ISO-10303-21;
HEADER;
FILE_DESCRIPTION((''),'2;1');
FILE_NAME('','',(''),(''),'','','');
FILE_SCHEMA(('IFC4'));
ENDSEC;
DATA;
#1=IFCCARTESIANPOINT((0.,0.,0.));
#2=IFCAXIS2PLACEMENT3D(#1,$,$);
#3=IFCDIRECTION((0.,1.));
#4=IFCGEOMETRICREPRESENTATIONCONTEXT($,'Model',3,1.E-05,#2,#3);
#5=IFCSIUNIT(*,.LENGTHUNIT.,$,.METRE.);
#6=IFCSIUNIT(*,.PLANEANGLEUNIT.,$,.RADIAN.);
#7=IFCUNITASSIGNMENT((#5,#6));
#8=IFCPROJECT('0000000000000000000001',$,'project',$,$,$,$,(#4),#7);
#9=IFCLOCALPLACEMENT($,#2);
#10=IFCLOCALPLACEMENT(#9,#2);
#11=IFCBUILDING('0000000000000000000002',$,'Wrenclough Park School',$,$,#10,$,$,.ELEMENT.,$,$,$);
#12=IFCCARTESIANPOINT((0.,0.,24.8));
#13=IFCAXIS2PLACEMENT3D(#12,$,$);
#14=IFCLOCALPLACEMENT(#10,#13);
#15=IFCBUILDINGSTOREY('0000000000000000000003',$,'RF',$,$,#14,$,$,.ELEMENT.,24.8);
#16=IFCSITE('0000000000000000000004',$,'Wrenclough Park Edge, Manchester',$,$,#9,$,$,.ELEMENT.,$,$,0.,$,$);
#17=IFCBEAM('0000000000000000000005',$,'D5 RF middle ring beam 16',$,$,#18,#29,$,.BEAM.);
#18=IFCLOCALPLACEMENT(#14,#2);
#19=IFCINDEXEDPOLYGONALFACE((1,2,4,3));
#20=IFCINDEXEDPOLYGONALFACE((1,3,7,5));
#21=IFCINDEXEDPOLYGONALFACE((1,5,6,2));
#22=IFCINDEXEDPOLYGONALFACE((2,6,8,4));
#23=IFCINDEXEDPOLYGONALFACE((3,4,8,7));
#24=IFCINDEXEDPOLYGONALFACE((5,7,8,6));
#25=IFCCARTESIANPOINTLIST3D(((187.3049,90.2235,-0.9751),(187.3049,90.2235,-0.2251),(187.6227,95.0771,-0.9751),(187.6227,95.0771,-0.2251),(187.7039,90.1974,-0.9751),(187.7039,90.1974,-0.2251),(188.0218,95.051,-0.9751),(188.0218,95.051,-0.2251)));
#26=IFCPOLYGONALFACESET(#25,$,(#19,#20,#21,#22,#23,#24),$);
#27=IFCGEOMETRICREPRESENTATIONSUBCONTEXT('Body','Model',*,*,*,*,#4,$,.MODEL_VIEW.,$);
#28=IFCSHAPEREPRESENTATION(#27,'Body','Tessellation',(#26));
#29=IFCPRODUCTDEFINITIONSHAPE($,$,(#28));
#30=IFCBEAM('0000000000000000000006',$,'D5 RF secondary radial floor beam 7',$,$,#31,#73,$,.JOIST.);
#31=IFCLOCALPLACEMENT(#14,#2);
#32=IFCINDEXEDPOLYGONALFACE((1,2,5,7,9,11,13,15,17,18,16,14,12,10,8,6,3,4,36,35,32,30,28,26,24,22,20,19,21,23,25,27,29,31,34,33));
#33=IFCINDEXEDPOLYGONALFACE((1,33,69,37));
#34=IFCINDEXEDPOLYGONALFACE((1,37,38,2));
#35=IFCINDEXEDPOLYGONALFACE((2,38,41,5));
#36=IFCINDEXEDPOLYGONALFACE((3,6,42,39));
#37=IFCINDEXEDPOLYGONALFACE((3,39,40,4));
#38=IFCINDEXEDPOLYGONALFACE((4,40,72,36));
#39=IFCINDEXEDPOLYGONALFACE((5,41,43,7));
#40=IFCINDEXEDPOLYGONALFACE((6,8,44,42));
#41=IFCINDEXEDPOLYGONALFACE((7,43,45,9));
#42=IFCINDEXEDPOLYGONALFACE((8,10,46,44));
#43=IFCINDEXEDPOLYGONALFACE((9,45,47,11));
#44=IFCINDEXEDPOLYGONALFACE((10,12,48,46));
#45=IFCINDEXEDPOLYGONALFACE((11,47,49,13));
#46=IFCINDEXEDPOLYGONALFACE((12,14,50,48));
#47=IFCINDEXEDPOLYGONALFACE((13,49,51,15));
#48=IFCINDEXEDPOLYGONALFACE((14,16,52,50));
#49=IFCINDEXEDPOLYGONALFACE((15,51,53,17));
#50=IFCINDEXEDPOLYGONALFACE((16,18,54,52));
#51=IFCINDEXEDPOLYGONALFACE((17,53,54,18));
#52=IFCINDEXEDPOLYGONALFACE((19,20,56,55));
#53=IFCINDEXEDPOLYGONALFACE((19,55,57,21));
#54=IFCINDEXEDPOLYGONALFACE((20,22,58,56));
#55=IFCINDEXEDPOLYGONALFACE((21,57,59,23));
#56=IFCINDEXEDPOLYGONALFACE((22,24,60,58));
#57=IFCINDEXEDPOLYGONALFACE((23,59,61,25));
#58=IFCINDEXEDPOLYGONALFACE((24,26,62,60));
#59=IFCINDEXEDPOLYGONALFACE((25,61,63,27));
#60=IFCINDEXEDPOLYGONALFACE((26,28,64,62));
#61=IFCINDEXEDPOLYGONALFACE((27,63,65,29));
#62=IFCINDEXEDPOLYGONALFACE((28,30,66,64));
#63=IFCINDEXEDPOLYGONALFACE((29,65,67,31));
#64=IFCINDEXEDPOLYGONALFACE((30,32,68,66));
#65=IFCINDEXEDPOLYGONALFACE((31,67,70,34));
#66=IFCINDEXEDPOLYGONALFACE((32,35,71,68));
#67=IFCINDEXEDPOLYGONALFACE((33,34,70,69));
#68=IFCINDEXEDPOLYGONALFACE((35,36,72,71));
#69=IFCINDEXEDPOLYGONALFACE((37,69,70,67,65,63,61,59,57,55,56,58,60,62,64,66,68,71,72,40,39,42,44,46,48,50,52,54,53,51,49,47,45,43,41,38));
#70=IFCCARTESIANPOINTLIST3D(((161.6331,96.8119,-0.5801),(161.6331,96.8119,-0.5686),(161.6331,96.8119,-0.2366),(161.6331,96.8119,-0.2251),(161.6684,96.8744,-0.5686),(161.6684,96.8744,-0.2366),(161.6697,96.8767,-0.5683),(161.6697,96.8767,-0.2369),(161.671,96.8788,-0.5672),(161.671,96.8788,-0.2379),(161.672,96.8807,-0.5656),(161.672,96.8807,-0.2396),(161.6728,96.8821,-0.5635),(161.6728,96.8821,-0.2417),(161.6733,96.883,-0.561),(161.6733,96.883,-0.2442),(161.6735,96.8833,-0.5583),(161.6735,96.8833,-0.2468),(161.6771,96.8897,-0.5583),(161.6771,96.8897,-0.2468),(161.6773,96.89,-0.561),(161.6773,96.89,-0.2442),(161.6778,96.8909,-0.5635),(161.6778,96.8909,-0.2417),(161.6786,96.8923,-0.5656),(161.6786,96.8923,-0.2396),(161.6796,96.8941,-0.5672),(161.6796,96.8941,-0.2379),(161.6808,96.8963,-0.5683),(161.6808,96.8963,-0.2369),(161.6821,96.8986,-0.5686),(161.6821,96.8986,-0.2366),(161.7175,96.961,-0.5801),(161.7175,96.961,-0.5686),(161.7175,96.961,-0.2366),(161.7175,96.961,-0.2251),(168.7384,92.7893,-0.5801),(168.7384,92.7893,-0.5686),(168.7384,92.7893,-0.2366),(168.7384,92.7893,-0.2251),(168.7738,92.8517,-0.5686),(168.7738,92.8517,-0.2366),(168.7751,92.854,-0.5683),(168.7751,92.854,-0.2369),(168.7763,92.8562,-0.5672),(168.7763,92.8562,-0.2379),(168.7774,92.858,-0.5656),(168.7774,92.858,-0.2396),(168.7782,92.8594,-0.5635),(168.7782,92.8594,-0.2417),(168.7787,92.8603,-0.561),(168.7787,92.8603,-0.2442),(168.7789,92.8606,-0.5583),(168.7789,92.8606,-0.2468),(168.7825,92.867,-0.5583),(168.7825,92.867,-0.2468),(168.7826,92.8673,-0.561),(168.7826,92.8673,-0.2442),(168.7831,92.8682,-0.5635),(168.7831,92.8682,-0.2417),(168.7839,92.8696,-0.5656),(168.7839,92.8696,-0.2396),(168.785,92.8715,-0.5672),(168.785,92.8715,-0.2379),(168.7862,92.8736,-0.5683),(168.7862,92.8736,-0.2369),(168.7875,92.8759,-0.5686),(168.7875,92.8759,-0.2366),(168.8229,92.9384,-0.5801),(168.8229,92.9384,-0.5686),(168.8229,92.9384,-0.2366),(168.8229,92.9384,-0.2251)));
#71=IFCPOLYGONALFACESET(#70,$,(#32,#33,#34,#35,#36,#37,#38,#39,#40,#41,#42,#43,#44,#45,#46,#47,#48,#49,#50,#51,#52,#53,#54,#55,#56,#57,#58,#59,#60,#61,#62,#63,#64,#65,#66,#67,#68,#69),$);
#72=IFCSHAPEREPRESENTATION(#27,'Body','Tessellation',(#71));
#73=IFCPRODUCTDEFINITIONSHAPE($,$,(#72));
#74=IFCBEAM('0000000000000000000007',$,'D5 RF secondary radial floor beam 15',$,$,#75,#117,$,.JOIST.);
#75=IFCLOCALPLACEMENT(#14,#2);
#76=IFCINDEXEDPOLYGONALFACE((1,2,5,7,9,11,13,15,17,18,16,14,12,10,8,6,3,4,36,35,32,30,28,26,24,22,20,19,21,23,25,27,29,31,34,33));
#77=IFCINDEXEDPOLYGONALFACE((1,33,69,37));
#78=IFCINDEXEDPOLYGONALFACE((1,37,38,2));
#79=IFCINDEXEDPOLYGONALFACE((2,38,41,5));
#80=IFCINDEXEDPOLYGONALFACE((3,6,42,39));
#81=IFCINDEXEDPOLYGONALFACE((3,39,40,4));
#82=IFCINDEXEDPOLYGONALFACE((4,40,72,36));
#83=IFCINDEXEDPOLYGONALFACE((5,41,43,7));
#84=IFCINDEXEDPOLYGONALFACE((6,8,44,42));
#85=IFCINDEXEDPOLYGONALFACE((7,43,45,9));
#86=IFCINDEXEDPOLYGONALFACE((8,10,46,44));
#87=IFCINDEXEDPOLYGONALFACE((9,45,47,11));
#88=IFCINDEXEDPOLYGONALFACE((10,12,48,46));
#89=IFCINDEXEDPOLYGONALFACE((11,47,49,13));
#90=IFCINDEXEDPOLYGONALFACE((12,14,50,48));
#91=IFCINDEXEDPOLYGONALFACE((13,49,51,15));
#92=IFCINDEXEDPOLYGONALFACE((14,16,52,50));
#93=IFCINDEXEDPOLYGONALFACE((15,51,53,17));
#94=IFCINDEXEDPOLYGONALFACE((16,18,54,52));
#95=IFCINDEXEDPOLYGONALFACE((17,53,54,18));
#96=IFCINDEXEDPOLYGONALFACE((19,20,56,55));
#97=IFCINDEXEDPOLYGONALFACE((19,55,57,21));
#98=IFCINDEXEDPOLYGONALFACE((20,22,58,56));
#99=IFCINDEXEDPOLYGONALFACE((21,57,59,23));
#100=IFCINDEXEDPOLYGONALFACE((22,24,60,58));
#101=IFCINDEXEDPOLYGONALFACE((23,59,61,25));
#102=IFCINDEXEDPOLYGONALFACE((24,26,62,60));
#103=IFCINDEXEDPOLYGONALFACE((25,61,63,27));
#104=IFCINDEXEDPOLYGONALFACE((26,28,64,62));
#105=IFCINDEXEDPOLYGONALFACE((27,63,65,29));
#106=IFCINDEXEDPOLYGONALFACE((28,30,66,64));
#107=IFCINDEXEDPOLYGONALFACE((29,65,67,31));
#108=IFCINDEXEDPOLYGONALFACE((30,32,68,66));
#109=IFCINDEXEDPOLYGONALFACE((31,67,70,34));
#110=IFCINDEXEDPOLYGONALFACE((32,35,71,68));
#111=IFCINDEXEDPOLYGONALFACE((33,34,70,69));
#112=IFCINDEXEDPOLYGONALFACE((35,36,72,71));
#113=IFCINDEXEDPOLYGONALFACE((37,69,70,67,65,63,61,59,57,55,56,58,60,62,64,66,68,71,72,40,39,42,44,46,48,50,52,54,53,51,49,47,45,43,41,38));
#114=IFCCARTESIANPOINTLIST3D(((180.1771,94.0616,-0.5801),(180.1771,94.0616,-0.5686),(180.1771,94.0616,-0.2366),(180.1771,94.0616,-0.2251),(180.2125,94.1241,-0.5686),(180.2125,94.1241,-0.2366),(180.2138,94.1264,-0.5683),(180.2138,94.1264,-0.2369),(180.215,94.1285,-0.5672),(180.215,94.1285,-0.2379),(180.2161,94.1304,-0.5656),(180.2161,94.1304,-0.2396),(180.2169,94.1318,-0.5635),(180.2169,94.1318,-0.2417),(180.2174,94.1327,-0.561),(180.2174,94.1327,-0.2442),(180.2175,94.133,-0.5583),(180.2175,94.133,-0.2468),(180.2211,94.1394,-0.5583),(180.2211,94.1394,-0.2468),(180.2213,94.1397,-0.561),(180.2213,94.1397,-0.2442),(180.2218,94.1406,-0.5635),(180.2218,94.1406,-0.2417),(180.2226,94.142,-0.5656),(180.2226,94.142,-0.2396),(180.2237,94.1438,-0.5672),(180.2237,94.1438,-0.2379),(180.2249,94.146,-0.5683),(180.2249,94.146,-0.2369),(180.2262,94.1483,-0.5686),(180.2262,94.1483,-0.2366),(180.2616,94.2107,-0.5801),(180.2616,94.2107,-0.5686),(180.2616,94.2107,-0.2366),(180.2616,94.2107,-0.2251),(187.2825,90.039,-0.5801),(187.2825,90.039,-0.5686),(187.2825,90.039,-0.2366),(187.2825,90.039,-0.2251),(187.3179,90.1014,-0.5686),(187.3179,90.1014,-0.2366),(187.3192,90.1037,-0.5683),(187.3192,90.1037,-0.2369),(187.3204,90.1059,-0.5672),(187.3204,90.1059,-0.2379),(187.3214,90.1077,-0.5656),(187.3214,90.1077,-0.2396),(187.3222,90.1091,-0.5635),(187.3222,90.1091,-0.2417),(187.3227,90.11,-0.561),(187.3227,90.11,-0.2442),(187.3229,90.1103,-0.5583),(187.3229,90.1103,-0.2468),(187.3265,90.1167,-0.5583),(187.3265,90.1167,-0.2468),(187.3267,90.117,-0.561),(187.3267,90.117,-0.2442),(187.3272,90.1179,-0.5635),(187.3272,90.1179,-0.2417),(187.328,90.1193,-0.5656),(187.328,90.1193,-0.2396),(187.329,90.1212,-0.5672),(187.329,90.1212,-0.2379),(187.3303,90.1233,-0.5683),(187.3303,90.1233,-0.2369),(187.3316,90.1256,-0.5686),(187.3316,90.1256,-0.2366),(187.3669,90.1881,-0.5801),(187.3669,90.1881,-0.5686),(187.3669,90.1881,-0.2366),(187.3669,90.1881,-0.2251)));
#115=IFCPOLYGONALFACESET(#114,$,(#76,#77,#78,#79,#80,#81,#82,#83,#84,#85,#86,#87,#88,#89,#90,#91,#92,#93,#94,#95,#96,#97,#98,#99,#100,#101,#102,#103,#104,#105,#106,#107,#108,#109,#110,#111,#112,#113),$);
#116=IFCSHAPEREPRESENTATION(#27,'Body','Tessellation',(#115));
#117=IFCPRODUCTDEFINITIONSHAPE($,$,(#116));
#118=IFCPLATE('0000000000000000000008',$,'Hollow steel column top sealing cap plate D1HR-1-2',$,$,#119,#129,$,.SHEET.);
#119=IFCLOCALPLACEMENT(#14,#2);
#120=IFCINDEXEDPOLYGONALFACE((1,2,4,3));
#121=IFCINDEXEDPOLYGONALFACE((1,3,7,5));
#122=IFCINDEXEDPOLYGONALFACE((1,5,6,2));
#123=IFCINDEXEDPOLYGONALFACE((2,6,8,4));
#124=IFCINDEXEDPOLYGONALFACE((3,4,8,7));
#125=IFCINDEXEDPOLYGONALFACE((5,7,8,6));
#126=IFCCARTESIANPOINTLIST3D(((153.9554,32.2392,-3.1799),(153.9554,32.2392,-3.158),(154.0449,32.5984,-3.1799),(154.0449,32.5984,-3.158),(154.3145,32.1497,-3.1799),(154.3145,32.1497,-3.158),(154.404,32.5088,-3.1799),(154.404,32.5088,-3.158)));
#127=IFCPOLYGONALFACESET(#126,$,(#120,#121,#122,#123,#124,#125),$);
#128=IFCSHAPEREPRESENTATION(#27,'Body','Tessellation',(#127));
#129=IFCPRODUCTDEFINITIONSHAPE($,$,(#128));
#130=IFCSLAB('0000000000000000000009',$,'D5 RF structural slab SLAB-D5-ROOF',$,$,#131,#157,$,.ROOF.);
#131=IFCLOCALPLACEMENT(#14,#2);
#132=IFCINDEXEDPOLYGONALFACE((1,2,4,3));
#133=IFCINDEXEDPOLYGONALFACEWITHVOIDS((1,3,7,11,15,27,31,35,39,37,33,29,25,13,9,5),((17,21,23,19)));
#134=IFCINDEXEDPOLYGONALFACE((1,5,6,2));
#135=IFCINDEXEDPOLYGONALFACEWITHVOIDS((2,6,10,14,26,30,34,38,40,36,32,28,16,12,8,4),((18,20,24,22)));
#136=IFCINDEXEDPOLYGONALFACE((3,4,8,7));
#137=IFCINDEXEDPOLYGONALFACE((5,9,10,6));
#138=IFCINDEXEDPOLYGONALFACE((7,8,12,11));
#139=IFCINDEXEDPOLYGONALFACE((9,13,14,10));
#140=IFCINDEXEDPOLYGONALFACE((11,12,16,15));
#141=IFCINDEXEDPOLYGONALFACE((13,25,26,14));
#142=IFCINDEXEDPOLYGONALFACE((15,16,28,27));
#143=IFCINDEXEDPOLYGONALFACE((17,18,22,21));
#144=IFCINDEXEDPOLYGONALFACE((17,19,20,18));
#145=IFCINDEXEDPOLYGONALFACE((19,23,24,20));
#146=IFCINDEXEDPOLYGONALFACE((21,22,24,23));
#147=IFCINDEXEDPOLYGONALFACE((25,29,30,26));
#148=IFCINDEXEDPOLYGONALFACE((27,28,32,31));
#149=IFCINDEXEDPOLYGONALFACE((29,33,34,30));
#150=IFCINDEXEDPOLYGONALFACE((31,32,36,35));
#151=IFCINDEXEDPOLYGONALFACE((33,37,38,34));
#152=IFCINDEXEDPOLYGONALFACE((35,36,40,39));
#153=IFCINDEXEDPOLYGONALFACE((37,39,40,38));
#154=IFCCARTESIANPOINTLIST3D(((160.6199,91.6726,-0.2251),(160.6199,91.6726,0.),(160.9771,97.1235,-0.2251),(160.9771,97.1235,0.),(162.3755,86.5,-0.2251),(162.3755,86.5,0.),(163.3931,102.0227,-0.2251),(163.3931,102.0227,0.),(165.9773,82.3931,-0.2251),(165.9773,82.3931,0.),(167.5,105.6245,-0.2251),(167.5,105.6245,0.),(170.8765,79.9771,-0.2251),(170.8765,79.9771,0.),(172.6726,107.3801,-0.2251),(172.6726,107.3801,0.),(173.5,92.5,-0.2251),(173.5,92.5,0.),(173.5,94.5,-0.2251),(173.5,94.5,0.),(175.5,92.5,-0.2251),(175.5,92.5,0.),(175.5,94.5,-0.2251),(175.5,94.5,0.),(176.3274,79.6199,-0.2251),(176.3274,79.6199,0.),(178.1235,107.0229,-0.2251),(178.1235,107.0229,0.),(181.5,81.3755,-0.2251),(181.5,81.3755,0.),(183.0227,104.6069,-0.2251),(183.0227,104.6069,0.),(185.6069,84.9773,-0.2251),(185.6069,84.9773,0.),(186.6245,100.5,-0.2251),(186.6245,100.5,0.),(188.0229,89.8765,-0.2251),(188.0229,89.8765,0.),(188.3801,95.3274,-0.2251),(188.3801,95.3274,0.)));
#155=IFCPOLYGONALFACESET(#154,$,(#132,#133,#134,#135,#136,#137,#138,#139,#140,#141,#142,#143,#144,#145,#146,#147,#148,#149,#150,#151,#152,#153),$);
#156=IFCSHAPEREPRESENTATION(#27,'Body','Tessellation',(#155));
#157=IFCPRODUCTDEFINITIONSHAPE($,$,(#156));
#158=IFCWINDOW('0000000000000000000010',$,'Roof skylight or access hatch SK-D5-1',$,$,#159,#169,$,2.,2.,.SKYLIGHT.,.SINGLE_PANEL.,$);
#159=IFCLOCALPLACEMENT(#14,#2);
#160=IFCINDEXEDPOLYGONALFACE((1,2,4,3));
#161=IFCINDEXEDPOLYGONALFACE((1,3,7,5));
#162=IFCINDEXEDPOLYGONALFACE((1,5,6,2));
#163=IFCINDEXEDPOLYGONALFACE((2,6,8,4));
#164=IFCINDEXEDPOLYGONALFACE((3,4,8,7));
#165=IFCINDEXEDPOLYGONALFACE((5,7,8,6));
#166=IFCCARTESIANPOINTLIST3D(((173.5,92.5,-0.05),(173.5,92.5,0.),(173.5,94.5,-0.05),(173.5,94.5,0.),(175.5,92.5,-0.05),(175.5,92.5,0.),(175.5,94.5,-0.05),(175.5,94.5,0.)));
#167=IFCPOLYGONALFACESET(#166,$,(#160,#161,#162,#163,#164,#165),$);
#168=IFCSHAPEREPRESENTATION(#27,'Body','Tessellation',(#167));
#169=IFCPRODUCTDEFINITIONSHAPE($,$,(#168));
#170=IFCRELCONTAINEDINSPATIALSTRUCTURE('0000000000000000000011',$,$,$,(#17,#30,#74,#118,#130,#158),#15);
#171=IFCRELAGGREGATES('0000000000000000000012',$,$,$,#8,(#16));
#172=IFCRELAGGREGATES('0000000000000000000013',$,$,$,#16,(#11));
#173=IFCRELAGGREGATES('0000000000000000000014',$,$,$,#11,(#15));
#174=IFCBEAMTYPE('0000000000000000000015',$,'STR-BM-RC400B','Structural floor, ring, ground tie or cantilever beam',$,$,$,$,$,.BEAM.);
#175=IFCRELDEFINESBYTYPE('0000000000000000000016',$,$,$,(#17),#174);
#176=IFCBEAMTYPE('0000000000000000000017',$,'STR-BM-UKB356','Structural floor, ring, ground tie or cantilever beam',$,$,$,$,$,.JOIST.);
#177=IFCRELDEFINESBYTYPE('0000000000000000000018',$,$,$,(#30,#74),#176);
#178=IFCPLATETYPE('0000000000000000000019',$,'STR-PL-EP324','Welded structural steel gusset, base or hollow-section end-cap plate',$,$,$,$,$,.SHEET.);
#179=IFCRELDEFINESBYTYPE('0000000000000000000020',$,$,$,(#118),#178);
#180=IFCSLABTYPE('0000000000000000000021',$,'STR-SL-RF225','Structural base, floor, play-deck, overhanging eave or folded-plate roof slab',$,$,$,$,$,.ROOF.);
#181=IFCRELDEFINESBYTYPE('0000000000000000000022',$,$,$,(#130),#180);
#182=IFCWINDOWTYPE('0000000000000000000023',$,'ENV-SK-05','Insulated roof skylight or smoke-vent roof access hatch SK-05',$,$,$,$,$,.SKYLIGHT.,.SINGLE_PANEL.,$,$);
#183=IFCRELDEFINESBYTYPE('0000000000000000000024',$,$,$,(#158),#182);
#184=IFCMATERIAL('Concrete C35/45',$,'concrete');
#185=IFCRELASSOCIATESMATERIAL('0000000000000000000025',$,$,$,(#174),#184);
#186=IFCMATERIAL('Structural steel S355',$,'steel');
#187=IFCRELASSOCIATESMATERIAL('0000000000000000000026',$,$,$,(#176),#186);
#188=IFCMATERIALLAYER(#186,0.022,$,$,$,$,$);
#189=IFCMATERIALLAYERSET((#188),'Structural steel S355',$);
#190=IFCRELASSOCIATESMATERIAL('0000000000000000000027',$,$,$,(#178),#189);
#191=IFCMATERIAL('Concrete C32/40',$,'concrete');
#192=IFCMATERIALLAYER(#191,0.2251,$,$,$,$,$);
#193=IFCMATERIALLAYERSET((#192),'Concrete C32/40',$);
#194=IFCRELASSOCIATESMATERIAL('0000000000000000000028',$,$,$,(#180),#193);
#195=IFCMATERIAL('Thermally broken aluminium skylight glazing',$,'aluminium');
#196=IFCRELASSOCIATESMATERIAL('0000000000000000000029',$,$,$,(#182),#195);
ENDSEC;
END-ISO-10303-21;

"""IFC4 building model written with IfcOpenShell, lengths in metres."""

from ifc_helpers import new_model, si_unit, direction, frame, origin, origin_2d, place, context, subcontext, project, spatial, polyline, rectangle, i_section, outline, extrude, material, layer, layer_set, material_profile, profile_set, type_object, element, fill, save


model = new_model("IFC4")

# Units and contexts
model_context = context("Model", 3, precision=1e-05, world=origin(), true_north=direction((0.0, 1.0)))
body_context = subcontext(model_context, "Body", "Model", "MODEL_VIEW")
ifc_project = project(units=[si_unit("LENGTHUNIT", "METRE"), si_unit("PLANEANGLEUNIT", "RADIAN")], contexts=[model_context])

# Site, building, storey
site_placement = place(None, origin())
site = spatial("IfcSite", under=ifc_project, at=site_placement, Name="Wrenclough Park Edge, Manchester", CompositionType="ELEMENT", RefElevation=0.0)
building_placement = place(site_placement, origin())
building = spatial("IfcBuilding", under=site, at=building_placement, Name="Wrenclough Park School", CompositionType="ELEMENT")
storey_placement = place(building_placement, frame((0.0, 0.0, 24.8)))
storey = spatial("IfcBuildingStorey", under=building, at=storey_placement, Name="RF", CompositionType="ELEMENT", Elevation=24.8)

# Beams
ifc_material_1 = material(Name="Concrete C35/45", Category="concrete")
ifc_material_profile_1 = material_profile(ifc_material_1, rectangle(XDim=0.3999, YDim=0.75, at=origin_2d()), Name="RC BEAM 400x750")
ifc_profile_set_1 = profile_set([ifc_material_profile_1], Name="Concrete C35/45")
beam_type_1 = type_object("IfcBeamType", Name="STR-BM-RC400B", Description="Structural floor, ring, ground tie or cantilever beam", PredefinedType="BEAM", material=ifc_profile_set_1)
beam_1_placement = place(storey_placement, frame((187.5044, 90.2104, -0.6001), z_axis=(0.065353, 0.997862, 0.0), x_axis=(-0.997862, 0.065353, 0.0)))
element("IfcBeam", 1, at=beam_1_placement, inside=storey, type_object=beam_type_1, Name="D5 RF middle ring beam 16", PredefinedType="BEAM", context=body_context, shape_type="SweptSolid", body=[
    extrude(rectangle(XDim=0.3999, YDim=0.75, at=origin_2d()), origin(), (0.0, 0.0, 1.0), 4.864),
])
ifc_material_2 = material(Name="Structural steel S355", Category="steel")
ifc_material_profile_2 = material_profile(ifc_material_2, i_section(OverallWidth=0.1714, OverallDepth=0.355, WebThickness=0.0073, FlangeThickness=0.0115, FilletRadius=0.0103, at=origin_2d()), Name="UKB 356x171x51")
ifc_profile_set_2 = profile_set([ifc_material_profile_2], Name="Structural steel S355")
beam_type_2 = type_object("IfcBeamType", Name="STR-BM-UKB356", Description="Structural floor, ring, ground tie or cantilever beam", PredefinedType="JOIST", material=ifc_profile_set_2)
for number, where, z_axis, x_axis, name in (
    (2, (161.6753, 96.8865, -0.4026), (0.870218, -0.492667, 0.0), (0.492667, 0.870218, 0.0), "D5 RF secondary radial floor beam 7"),
    (3, (187.3247, 90.1135, -0.4026), (-0.870218, 0.492667, 0.0), (-0.492667, -0.870218, 0.0), "D5 RF secondary radial floor beam 15"),
):
    element("IfcBeam", number, at=place(storey_placement, frame(where, z_axis=z_axis, x_axis=x_axis)), inside=storey, type_object=beam_type_2, Name=name, PredefinedType="JOIST", context=body_context, shape_type="SweptSolid", body=[
        extrude(i_section(OverallWidth=0.1714, OverallDepth=0.355, WebThickness=0.0073, FlangeThickness=0.0115, FilletRadius=0.0103, at=origin_2d()), origin(), (0.0, 0.0, 1.0), 8.165),
    ])

# Plate
ifc_layer_1 = layer(ifc_material_2, 0.022)
ifc_layer_set_1 = layer_set([ifc_layer_1], Name="Structural steel S355")
plate_type = type_object("IfcPlateType", Name="STR-PL-EP324", Description="Welded structural steel gusset, base or hollow-section end-cap plate", PredefinedType="SHEET", material=ifc_layer_set_1)
plate_placement = place(storey_placement, frame((154.1797, 32.374, -3.1799), z_axis=(0.0, 0.0, 1.0), x_axis=(0.970296, -0.241922, 0.0)))
element("IfcPlate", 4, at=plate_placement, inside=storey, type_object=plate_type, Name="Hollow steel column top sealing cap plate D1HR-1-2", PredefinedType="SHEET", context=body_context, shape_type="SweptSolid", body=[
    extrude(rectangle(XDim=0.3701, YDim=0.3701, at=origin_2d()), origin(), (0.0, 0.0, 1.0), 0.022),
])

# Slab, opening, window
ifc_material_3 = material(Name="Concrete C32/40", Category="concrete")
ifc_layer_2 = layer(ifc_material_3, 0.2251)
ifc_layer_set_2 = layer_set([ifc_layer_2], Name="Concrete C32/40")
slab_type = type_object("IfcSlabType", Name="STR-SL-RF225", Description="Structural base, floor, play-deck, overhanging eave or folded-plate roof slab", PredefinedType="ROOF", material=ifc_layer_set_2)
slab_placement = place(storey_placement, frame((0.0, 0.0, -0.2251)))
slab = element("IfcSlab", 5, at=slab_placement, inside=storey, type_object=slab_type, Name="D5 RF structural slab SLAB-D5-ROOF", PredefinedType="ROOF", context=body_context, shape_type="SweptSolid", body=[
    extrude(outline(polyline([(188.3801, 95.3274), (186.6245, 100.5), (183.0227, 104.6069), (178.1235, 107.0229), (172.6726, 107.3801), (167.5, 105.6245), (163.3931, 102.0227), (160.9771, 97.1235), (160.6199, 91.6726), (162.3755, 86.5), (165.9773, 82.3931), (170.8765, 79.9771), (176.3274, 79.6199), (181.5, 81.3755), (185.6069, 84.9773), (188.0229, 89.8765), (188.3801, 95.3274)])), origin(), (0.0, 0.0, 1.0), 0.2251),
])
opening_placement = place(slab_placement, frame((174.5, 93.5, -0.01)))
opening = element("IfcOpeningElement", 6, at=opening_placement, cuts=slab, PredefinedType="OPENING", context=body_context, shape_type="SweptSolid", body=[
    extrude(rectangle(XDim=2.0, YDim=2.0, at=origin_2d()), origin(), (0.0, 0.0, 1.0), 0.2451),
])
ifc_material_4 = material(Name="Thermally broken aluminium skylight glazing", Category="aluminium")
window_type = type_object("IfcWindowType", Name="ENV-SK-05", Description="Insulated roof skylight or smoke-vent roof access hatch SK-05", PartitioningType="SINGLE_PANEL", PredefinedType="SKYLIGHT", material=ifc_material_4)
placement = place(slab_placement, frame((174.5, 93.5, 0.0)))
window_placement = place(placement, frame((0.0, 0.0, 0.175)))
window = element("IfcWindow", 7, at=window_placement, inside=storey, type_object=window_type, Name="Roof skylight or access hatch SK-D5-1", OverallHeight=2.0, OverallWidth=2.0, PartitioningType="SINGLE_PANEL", PredefinedType="SKYLIGHT", context=body_context, shape_type="SweptSolid", body=[
    extrude(rectangle(XDim=2.0, YDim=2.0, at=origin_2d()), origin(), (0.0, 0.0, 1.0), 0.05),
])
fill(opening, window)

save(model, "model.ifc")
